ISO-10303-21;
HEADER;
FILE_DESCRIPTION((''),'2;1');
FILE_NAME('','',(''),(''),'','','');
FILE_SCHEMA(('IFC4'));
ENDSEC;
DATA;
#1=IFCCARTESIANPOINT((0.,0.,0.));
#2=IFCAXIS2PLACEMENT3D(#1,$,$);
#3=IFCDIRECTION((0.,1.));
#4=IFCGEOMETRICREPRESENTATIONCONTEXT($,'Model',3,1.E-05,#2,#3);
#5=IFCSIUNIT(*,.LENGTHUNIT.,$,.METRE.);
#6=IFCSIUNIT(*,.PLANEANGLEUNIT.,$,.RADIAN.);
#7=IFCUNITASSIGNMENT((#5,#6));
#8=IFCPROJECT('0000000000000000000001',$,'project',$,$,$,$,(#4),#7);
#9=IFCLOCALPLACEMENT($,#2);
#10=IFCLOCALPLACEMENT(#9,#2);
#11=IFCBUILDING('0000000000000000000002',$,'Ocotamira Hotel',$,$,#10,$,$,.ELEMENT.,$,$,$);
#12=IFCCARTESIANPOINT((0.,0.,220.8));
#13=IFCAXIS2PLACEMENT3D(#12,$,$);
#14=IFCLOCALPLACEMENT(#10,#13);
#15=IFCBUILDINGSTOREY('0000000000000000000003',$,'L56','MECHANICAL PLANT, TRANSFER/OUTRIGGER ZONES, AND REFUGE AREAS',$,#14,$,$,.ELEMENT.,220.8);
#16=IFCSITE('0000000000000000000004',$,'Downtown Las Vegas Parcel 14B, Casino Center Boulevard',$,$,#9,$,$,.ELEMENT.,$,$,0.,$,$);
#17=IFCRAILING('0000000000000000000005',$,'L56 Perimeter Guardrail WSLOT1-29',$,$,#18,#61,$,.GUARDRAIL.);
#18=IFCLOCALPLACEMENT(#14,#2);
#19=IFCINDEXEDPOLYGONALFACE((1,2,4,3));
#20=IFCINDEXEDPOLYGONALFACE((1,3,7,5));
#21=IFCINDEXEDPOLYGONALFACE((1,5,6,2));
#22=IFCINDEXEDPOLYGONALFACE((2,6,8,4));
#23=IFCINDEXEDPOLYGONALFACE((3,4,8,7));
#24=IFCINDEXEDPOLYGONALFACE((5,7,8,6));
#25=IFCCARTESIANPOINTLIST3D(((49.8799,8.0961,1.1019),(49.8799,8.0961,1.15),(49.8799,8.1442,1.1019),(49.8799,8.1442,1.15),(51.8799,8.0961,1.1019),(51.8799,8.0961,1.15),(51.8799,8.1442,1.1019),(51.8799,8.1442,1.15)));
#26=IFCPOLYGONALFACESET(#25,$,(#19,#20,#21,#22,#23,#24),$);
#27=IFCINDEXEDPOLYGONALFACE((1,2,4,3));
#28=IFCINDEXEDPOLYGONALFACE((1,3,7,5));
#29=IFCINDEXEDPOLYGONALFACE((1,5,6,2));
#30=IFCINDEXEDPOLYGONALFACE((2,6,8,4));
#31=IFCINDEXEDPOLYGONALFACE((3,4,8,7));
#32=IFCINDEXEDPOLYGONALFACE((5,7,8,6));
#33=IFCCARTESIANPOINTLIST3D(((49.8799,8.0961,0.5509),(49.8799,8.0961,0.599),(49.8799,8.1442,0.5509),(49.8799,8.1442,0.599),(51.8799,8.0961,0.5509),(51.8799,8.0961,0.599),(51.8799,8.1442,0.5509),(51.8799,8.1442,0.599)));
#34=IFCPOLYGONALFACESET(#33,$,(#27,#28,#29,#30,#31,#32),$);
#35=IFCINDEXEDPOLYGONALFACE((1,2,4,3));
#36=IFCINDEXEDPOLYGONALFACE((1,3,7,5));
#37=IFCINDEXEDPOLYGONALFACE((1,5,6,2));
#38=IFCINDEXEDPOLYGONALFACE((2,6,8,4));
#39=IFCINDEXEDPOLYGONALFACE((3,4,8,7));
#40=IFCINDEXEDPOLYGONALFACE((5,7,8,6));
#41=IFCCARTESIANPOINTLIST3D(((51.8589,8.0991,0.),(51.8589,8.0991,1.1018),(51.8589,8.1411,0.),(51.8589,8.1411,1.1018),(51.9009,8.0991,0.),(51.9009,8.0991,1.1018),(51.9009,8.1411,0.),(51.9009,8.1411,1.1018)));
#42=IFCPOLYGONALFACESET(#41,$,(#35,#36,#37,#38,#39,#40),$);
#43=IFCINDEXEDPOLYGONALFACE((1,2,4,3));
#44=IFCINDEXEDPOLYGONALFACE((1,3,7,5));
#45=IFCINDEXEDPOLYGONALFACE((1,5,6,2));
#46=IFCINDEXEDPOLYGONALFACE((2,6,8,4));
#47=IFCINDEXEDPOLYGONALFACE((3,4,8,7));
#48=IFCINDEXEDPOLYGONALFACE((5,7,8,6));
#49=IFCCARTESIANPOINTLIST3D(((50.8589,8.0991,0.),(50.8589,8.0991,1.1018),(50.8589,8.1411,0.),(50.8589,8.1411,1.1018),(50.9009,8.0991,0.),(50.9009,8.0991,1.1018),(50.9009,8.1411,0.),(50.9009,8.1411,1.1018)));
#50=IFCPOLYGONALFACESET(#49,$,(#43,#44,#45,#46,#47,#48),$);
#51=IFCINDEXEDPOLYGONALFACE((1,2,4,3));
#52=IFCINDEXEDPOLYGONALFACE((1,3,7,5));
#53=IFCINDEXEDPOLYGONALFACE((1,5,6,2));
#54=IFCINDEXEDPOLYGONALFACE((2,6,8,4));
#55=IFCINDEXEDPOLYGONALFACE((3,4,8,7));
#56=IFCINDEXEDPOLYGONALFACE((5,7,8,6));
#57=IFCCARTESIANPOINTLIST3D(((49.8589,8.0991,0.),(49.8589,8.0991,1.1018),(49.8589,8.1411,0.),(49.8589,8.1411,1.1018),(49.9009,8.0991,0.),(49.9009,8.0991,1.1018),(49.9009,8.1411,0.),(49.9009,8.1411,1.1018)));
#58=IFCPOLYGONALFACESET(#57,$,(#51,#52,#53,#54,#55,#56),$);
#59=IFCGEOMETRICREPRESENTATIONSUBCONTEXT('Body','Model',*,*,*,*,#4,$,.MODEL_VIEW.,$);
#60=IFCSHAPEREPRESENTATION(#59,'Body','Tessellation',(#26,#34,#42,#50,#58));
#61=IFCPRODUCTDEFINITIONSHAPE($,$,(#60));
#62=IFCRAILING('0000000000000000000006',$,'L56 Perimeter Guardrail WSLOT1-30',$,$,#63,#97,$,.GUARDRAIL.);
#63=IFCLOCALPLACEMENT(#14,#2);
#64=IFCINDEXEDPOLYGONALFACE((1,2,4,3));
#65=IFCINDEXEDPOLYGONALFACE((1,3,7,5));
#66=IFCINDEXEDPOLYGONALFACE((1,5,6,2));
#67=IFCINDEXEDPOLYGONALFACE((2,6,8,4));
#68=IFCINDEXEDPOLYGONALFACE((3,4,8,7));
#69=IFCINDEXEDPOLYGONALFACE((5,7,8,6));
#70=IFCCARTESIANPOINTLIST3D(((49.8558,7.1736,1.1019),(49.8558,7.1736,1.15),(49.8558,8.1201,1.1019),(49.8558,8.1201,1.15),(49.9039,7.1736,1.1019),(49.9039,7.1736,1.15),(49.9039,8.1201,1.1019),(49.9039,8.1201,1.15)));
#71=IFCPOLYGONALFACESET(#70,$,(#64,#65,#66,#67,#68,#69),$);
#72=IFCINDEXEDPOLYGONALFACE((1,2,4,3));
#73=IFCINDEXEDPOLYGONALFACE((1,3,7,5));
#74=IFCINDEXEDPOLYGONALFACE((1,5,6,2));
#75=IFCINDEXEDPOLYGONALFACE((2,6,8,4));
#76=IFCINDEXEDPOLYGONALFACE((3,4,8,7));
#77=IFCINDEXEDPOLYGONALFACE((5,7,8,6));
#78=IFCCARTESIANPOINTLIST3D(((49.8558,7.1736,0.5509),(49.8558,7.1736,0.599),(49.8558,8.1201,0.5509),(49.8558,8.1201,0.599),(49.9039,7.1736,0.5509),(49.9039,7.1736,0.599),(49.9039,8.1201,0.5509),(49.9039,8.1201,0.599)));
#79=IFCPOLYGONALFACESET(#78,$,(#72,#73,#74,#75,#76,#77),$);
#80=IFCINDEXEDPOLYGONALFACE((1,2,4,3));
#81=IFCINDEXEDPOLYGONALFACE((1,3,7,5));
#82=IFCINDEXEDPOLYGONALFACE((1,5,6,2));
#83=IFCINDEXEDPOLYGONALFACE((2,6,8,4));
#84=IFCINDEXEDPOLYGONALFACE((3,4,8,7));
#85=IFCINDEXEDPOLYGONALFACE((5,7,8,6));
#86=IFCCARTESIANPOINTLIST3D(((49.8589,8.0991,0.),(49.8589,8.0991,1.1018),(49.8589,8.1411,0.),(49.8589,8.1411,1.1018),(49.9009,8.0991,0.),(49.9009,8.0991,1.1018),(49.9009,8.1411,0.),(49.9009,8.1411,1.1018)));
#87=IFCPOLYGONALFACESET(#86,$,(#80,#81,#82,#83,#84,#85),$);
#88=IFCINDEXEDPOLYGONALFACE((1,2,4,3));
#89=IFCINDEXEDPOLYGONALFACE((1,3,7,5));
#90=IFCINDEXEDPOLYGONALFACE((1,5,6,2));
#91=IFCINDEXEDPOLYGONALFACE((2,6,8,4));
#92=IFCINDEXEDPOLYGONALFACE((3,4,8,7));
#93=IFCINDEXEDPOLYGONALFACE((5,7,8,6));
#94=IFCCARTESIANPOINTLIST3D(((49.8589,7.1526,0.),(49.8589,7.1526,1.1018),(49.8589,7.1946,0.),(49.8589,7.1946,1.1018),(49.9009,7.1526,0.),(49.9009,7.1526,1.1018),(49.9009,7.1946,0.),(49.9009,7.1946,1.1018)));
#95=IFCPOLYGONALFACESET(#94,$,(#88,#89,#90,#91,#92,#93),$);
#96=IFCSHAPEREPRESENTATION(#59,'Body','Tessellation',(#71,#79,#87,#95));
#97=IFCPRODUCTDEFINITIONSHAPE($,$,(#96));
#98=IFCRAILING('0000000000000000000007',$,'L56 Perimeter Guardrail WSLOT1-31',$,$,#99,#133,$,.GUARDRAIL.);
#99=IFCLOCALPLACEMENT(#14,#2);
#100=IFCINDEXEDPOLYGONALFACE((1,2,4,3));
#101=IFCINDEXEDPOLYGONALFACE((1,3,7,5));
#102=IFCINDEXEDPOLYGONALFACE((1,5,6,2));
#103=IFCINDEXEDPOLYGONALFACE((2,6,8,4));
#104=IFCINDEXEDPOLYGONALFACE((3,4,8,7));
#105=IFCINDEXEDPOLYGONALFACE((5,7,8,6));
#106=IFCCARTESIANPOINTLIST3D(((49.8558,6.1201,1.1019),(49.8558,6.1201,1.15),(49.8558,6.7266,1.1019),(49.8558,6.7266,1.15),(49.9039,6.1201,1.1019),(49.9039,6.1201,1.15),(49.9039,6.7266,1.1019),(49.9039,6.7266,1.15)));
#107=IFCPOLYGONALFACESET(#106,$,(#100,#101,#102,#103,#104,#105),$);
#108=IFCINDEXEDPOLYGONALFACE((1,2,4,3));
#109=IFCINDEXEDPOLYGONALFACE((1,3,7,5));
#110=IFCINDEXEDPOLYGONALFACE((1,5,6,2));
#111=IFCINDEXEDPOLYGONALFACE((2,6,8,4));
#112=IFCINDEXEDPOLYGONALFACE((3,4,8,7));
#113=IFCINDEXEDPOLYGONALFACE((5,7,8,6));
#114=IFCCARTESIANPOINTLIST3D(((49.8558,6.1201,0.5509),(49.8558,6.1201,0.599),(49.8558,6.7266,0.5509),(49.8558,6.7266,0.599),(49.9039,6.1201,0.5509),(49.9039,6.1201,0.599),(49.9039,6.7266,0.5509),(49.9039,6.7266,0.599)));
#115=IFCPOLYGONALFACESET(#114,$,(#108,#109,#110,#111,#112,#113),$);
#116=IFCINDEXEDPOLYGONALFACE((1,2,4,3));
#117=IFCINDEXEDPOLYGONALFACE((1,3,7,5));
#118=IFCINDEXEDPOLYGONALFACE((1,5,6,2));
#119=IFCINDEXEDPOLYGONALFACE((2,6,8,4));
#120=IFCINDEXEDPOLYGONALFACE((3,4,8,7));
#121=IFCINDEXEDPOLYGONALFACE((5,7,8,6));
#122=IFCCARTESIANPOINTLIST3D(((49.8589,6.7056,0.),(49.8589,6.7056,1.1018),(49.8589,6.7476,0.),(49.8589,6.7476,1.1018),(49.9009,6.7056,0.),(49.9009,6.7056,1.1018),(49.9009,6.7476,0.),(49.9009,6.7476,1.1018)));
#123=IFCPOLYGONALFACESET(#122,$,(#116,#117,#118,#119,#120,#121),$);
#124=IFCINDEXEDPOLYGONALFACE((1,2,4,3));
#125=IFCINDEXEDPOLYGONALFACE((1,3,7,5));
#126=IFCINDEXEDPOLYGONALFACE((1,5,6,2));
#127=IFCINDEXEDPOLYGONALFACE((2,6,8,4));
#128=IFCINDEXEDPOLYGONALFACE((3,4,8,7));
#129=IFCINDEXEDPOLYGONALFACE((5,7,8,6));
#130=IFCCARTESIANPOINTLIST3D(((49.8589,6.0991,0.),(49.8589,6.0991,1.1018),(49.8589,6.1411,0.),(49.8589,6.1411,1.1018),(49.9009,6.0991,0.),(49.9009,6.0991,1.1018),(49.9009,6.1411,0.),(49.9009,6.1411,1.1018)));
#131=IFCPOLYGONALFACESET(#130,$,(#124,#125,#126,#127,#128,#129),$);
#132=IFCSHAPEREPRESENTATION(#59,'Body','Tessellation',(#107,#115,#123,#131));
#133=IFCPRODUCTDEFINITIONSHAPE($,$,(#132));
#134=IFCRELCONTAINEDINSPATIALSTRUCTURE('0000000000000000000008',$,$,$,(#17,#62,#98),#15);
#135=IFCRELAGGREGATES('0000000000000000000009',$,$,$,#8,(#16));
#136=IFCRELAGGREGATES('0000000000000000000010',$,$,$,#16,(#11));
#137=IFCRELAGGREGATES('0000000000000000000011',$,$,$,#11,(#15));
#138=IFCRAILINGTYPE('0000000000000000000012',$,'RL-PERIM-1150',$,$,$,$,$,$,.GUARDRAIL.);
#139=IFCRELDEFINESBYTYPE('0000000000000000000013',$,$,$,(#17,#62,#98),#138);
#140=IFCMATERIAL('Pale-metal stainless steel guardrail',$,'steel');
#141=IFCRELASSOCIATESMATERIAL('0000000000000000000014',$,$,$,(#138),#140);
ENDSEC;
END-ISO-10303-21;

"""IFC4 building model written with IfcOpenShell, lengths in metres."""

from ifc_helpers import new_model, si_unit, direction, frame, origin, origin_2d, place, context, subcontext, project, spatial, rectangle, extrude, material, type_object, element, save


model = new_model("IFC4")

# Units and contexts
model_context = context("Model", 3, precision=1e-05, world=origin(), true_north=direction((0.0, 1.0)))
body_context = subcontext(model_context, "Body", "Model", "MODEL_VIEW")
ifc_project = project(units=[si_unit("LENGTHUNIT", "METRE"), si_unit("PLANEANGLEUNIT", "RADIAN")], contexts=[model_context])

# Site, building, storey
site_placement = place(None, origin())
site = spatial("IfcSite", under=ifc_project, at=site_placement, Name="Downtown Las Vegas Parcel 14B, Casino Center Boulevard", CompositionType="ELEMENT", RefElevation=0.0)
building_placement = place(site_placement, origin())
building = spatial("IfcBuilding", under=site, at=building_placement, Name="Ocotamira Hotel", CompositionType="ELEMENT")
storey_placement = place(building_placement, frame((0.0, 0.0, 220.8)))
storey = spatial("IfcBuildingStorey", under=building, at=storey_placement, Name="L56", Description="MECHANICAL PLANT, TRANSFER/OUTRIGGER ZONES, AND REFUGE AREAS", CompositionType="ELEMENT", Elevation=220.8)

# Railings
ifc_material_1 = material(Name="Pale-metal stainless steel guardrail", Category="steel")
railing_type = type_object("IfcRailingType", Name="RL-PERIM-1150", PredefinedType="GUARDRAIL", material=ifc_material_1)
railing_1_placement = place(storey_placement, frame((51.8799, 8.1201, 0.0)))
element("IfcRailing", 1, at=railing_1_placement, inside=storey, type_object=railing_type, Name="L56 Perimeter Guardrail WSLOT1-29", PredefinedType="GUARDRAIL", context=body_context, shape_type="SweptSolid", body=[
    extrude(rectangle(XDim=0.0481, YDim=0.0481, at=origin_2d()), frame((0.0, 0.0, 1.126), z_axis=(-1.0, 0.0, 0.0), x_axis=(0.0, -1.0, 0.0)), (0.0, 0.0, 1.0), 2.0),
    extrude(rectangle(XDim=0.0481, YDim=0.0481, at=origin_2d()), frame((0.0, 0.0, 0.575), z_axis=(-1.0, 0.0, 0.0), x_axis=(0.0, -1.0, 0.0)), (0.0, 0.0, 1.0), 2.0),
    extrude(rectangle(XDim=0.042, YDim=0.042, at=origin_2d()), origin(), (0.0, 0.0, 1.0), 1.1018),
    extrude(rectangle(XDim=0.042, YDim=0.042, at=origin_2d()), frame((-1.0, 0.0, 0.0)), (0.0, 0.0, 1.0), 1.1018),
    extrude(rectangle(XDim=0.042, YDim=0.042, at=origin_2d()), frame((-2.0, 0.0, 0.0)), (0.0, 0.0, 1.0), 1.1018),
])
railing_2_placement = place(storey_placement, frame((49.8799, 8.1201, 0.0)))
element("IfcRailing", 2, at=railing_2_placement, inside=storey, type_object=railing_type, Name="L56 Perimeter Guardrail WSLOT1-30", PredefinedType="GUARDRAIL", context=body_context, shape_type="SweptSolid", body=[
    extrude(rectangle(XDim=0.0481, YDim=0.0481, at=origin_2d()), frame((0.0, 0.0, 1.126), z_axis=(0.0, -1.0, 0.0), x_axis=(1.0, 0.0, 0.0)), (0.0, 0.0, 1.0), 0.9465),
    extrude(rectangle(XDim=0.0481, YDim=0.0481, at=origin_2d()), frame((0.0, 0.0, 0.575), z_axis=(0.0, -1.0, 0.0), x_axis=(1.0, 0.0, 0.0)), (0.0, 0.0, 1.0), 0.9465),
    extrude(rectangle(XDim=0.042, YDim=0.042, at=origin_2d()), origin(), (0.0, 0.0, 1.0), 1.1018),
    extrude(rectangle(XDim=0.042, YDim=0.042, at=origin_2d()), frame((0.0, -0.9465, 0.0)), (0.0, 0.0, 1.0), 1.1018),
])
railing_3_placement = place(storey_placement, frame((49.8799, 6.7266, 0.0)))
element("IfcRailing", 3, at=railing_3_placement, inside=storey, type_object=railing_type, Name="L56 Perimeter Guardrail WSLOT1-31", PredefinedType="GUARDRAIL", context=body_context, shape_type="SweptSolid", body=[
    extrude(rectangle(XDim=0.0481, YDim=0.0481, at=origin_2d()), frame((0.0, 0.0, 1.126), z_axis=(0.0, -1.0, 0.0), x_axis=(1.0, 0.0, 0.0)), (0.0, 0.0, 1.0), 0.6064),
    extrude(rectangle(XDim=0.0481, YDim=0.0481, at=origin_2d()), frame((0.0, 0.0, 0.575), z_axis=(0.0, -1.0, 0.0), x_axis=(1.0, 0.0, 0.0)), (0.0, 0.0, 1.0), 0.6064),
    extrude(rectangle(XDim=0.042, YDim=0.042, at=origin_2d()), origin(), (0.0, 0.0, 1.0), 1.1018),
    extrude(rectangle(XDim=0.042, YDim=0.042, at=origin_2d()), frame((0.0, -0.6064, 0.0)), (0.0, 0.0, 1.0), 1.1018),
])

save(model, "model.ifc")
